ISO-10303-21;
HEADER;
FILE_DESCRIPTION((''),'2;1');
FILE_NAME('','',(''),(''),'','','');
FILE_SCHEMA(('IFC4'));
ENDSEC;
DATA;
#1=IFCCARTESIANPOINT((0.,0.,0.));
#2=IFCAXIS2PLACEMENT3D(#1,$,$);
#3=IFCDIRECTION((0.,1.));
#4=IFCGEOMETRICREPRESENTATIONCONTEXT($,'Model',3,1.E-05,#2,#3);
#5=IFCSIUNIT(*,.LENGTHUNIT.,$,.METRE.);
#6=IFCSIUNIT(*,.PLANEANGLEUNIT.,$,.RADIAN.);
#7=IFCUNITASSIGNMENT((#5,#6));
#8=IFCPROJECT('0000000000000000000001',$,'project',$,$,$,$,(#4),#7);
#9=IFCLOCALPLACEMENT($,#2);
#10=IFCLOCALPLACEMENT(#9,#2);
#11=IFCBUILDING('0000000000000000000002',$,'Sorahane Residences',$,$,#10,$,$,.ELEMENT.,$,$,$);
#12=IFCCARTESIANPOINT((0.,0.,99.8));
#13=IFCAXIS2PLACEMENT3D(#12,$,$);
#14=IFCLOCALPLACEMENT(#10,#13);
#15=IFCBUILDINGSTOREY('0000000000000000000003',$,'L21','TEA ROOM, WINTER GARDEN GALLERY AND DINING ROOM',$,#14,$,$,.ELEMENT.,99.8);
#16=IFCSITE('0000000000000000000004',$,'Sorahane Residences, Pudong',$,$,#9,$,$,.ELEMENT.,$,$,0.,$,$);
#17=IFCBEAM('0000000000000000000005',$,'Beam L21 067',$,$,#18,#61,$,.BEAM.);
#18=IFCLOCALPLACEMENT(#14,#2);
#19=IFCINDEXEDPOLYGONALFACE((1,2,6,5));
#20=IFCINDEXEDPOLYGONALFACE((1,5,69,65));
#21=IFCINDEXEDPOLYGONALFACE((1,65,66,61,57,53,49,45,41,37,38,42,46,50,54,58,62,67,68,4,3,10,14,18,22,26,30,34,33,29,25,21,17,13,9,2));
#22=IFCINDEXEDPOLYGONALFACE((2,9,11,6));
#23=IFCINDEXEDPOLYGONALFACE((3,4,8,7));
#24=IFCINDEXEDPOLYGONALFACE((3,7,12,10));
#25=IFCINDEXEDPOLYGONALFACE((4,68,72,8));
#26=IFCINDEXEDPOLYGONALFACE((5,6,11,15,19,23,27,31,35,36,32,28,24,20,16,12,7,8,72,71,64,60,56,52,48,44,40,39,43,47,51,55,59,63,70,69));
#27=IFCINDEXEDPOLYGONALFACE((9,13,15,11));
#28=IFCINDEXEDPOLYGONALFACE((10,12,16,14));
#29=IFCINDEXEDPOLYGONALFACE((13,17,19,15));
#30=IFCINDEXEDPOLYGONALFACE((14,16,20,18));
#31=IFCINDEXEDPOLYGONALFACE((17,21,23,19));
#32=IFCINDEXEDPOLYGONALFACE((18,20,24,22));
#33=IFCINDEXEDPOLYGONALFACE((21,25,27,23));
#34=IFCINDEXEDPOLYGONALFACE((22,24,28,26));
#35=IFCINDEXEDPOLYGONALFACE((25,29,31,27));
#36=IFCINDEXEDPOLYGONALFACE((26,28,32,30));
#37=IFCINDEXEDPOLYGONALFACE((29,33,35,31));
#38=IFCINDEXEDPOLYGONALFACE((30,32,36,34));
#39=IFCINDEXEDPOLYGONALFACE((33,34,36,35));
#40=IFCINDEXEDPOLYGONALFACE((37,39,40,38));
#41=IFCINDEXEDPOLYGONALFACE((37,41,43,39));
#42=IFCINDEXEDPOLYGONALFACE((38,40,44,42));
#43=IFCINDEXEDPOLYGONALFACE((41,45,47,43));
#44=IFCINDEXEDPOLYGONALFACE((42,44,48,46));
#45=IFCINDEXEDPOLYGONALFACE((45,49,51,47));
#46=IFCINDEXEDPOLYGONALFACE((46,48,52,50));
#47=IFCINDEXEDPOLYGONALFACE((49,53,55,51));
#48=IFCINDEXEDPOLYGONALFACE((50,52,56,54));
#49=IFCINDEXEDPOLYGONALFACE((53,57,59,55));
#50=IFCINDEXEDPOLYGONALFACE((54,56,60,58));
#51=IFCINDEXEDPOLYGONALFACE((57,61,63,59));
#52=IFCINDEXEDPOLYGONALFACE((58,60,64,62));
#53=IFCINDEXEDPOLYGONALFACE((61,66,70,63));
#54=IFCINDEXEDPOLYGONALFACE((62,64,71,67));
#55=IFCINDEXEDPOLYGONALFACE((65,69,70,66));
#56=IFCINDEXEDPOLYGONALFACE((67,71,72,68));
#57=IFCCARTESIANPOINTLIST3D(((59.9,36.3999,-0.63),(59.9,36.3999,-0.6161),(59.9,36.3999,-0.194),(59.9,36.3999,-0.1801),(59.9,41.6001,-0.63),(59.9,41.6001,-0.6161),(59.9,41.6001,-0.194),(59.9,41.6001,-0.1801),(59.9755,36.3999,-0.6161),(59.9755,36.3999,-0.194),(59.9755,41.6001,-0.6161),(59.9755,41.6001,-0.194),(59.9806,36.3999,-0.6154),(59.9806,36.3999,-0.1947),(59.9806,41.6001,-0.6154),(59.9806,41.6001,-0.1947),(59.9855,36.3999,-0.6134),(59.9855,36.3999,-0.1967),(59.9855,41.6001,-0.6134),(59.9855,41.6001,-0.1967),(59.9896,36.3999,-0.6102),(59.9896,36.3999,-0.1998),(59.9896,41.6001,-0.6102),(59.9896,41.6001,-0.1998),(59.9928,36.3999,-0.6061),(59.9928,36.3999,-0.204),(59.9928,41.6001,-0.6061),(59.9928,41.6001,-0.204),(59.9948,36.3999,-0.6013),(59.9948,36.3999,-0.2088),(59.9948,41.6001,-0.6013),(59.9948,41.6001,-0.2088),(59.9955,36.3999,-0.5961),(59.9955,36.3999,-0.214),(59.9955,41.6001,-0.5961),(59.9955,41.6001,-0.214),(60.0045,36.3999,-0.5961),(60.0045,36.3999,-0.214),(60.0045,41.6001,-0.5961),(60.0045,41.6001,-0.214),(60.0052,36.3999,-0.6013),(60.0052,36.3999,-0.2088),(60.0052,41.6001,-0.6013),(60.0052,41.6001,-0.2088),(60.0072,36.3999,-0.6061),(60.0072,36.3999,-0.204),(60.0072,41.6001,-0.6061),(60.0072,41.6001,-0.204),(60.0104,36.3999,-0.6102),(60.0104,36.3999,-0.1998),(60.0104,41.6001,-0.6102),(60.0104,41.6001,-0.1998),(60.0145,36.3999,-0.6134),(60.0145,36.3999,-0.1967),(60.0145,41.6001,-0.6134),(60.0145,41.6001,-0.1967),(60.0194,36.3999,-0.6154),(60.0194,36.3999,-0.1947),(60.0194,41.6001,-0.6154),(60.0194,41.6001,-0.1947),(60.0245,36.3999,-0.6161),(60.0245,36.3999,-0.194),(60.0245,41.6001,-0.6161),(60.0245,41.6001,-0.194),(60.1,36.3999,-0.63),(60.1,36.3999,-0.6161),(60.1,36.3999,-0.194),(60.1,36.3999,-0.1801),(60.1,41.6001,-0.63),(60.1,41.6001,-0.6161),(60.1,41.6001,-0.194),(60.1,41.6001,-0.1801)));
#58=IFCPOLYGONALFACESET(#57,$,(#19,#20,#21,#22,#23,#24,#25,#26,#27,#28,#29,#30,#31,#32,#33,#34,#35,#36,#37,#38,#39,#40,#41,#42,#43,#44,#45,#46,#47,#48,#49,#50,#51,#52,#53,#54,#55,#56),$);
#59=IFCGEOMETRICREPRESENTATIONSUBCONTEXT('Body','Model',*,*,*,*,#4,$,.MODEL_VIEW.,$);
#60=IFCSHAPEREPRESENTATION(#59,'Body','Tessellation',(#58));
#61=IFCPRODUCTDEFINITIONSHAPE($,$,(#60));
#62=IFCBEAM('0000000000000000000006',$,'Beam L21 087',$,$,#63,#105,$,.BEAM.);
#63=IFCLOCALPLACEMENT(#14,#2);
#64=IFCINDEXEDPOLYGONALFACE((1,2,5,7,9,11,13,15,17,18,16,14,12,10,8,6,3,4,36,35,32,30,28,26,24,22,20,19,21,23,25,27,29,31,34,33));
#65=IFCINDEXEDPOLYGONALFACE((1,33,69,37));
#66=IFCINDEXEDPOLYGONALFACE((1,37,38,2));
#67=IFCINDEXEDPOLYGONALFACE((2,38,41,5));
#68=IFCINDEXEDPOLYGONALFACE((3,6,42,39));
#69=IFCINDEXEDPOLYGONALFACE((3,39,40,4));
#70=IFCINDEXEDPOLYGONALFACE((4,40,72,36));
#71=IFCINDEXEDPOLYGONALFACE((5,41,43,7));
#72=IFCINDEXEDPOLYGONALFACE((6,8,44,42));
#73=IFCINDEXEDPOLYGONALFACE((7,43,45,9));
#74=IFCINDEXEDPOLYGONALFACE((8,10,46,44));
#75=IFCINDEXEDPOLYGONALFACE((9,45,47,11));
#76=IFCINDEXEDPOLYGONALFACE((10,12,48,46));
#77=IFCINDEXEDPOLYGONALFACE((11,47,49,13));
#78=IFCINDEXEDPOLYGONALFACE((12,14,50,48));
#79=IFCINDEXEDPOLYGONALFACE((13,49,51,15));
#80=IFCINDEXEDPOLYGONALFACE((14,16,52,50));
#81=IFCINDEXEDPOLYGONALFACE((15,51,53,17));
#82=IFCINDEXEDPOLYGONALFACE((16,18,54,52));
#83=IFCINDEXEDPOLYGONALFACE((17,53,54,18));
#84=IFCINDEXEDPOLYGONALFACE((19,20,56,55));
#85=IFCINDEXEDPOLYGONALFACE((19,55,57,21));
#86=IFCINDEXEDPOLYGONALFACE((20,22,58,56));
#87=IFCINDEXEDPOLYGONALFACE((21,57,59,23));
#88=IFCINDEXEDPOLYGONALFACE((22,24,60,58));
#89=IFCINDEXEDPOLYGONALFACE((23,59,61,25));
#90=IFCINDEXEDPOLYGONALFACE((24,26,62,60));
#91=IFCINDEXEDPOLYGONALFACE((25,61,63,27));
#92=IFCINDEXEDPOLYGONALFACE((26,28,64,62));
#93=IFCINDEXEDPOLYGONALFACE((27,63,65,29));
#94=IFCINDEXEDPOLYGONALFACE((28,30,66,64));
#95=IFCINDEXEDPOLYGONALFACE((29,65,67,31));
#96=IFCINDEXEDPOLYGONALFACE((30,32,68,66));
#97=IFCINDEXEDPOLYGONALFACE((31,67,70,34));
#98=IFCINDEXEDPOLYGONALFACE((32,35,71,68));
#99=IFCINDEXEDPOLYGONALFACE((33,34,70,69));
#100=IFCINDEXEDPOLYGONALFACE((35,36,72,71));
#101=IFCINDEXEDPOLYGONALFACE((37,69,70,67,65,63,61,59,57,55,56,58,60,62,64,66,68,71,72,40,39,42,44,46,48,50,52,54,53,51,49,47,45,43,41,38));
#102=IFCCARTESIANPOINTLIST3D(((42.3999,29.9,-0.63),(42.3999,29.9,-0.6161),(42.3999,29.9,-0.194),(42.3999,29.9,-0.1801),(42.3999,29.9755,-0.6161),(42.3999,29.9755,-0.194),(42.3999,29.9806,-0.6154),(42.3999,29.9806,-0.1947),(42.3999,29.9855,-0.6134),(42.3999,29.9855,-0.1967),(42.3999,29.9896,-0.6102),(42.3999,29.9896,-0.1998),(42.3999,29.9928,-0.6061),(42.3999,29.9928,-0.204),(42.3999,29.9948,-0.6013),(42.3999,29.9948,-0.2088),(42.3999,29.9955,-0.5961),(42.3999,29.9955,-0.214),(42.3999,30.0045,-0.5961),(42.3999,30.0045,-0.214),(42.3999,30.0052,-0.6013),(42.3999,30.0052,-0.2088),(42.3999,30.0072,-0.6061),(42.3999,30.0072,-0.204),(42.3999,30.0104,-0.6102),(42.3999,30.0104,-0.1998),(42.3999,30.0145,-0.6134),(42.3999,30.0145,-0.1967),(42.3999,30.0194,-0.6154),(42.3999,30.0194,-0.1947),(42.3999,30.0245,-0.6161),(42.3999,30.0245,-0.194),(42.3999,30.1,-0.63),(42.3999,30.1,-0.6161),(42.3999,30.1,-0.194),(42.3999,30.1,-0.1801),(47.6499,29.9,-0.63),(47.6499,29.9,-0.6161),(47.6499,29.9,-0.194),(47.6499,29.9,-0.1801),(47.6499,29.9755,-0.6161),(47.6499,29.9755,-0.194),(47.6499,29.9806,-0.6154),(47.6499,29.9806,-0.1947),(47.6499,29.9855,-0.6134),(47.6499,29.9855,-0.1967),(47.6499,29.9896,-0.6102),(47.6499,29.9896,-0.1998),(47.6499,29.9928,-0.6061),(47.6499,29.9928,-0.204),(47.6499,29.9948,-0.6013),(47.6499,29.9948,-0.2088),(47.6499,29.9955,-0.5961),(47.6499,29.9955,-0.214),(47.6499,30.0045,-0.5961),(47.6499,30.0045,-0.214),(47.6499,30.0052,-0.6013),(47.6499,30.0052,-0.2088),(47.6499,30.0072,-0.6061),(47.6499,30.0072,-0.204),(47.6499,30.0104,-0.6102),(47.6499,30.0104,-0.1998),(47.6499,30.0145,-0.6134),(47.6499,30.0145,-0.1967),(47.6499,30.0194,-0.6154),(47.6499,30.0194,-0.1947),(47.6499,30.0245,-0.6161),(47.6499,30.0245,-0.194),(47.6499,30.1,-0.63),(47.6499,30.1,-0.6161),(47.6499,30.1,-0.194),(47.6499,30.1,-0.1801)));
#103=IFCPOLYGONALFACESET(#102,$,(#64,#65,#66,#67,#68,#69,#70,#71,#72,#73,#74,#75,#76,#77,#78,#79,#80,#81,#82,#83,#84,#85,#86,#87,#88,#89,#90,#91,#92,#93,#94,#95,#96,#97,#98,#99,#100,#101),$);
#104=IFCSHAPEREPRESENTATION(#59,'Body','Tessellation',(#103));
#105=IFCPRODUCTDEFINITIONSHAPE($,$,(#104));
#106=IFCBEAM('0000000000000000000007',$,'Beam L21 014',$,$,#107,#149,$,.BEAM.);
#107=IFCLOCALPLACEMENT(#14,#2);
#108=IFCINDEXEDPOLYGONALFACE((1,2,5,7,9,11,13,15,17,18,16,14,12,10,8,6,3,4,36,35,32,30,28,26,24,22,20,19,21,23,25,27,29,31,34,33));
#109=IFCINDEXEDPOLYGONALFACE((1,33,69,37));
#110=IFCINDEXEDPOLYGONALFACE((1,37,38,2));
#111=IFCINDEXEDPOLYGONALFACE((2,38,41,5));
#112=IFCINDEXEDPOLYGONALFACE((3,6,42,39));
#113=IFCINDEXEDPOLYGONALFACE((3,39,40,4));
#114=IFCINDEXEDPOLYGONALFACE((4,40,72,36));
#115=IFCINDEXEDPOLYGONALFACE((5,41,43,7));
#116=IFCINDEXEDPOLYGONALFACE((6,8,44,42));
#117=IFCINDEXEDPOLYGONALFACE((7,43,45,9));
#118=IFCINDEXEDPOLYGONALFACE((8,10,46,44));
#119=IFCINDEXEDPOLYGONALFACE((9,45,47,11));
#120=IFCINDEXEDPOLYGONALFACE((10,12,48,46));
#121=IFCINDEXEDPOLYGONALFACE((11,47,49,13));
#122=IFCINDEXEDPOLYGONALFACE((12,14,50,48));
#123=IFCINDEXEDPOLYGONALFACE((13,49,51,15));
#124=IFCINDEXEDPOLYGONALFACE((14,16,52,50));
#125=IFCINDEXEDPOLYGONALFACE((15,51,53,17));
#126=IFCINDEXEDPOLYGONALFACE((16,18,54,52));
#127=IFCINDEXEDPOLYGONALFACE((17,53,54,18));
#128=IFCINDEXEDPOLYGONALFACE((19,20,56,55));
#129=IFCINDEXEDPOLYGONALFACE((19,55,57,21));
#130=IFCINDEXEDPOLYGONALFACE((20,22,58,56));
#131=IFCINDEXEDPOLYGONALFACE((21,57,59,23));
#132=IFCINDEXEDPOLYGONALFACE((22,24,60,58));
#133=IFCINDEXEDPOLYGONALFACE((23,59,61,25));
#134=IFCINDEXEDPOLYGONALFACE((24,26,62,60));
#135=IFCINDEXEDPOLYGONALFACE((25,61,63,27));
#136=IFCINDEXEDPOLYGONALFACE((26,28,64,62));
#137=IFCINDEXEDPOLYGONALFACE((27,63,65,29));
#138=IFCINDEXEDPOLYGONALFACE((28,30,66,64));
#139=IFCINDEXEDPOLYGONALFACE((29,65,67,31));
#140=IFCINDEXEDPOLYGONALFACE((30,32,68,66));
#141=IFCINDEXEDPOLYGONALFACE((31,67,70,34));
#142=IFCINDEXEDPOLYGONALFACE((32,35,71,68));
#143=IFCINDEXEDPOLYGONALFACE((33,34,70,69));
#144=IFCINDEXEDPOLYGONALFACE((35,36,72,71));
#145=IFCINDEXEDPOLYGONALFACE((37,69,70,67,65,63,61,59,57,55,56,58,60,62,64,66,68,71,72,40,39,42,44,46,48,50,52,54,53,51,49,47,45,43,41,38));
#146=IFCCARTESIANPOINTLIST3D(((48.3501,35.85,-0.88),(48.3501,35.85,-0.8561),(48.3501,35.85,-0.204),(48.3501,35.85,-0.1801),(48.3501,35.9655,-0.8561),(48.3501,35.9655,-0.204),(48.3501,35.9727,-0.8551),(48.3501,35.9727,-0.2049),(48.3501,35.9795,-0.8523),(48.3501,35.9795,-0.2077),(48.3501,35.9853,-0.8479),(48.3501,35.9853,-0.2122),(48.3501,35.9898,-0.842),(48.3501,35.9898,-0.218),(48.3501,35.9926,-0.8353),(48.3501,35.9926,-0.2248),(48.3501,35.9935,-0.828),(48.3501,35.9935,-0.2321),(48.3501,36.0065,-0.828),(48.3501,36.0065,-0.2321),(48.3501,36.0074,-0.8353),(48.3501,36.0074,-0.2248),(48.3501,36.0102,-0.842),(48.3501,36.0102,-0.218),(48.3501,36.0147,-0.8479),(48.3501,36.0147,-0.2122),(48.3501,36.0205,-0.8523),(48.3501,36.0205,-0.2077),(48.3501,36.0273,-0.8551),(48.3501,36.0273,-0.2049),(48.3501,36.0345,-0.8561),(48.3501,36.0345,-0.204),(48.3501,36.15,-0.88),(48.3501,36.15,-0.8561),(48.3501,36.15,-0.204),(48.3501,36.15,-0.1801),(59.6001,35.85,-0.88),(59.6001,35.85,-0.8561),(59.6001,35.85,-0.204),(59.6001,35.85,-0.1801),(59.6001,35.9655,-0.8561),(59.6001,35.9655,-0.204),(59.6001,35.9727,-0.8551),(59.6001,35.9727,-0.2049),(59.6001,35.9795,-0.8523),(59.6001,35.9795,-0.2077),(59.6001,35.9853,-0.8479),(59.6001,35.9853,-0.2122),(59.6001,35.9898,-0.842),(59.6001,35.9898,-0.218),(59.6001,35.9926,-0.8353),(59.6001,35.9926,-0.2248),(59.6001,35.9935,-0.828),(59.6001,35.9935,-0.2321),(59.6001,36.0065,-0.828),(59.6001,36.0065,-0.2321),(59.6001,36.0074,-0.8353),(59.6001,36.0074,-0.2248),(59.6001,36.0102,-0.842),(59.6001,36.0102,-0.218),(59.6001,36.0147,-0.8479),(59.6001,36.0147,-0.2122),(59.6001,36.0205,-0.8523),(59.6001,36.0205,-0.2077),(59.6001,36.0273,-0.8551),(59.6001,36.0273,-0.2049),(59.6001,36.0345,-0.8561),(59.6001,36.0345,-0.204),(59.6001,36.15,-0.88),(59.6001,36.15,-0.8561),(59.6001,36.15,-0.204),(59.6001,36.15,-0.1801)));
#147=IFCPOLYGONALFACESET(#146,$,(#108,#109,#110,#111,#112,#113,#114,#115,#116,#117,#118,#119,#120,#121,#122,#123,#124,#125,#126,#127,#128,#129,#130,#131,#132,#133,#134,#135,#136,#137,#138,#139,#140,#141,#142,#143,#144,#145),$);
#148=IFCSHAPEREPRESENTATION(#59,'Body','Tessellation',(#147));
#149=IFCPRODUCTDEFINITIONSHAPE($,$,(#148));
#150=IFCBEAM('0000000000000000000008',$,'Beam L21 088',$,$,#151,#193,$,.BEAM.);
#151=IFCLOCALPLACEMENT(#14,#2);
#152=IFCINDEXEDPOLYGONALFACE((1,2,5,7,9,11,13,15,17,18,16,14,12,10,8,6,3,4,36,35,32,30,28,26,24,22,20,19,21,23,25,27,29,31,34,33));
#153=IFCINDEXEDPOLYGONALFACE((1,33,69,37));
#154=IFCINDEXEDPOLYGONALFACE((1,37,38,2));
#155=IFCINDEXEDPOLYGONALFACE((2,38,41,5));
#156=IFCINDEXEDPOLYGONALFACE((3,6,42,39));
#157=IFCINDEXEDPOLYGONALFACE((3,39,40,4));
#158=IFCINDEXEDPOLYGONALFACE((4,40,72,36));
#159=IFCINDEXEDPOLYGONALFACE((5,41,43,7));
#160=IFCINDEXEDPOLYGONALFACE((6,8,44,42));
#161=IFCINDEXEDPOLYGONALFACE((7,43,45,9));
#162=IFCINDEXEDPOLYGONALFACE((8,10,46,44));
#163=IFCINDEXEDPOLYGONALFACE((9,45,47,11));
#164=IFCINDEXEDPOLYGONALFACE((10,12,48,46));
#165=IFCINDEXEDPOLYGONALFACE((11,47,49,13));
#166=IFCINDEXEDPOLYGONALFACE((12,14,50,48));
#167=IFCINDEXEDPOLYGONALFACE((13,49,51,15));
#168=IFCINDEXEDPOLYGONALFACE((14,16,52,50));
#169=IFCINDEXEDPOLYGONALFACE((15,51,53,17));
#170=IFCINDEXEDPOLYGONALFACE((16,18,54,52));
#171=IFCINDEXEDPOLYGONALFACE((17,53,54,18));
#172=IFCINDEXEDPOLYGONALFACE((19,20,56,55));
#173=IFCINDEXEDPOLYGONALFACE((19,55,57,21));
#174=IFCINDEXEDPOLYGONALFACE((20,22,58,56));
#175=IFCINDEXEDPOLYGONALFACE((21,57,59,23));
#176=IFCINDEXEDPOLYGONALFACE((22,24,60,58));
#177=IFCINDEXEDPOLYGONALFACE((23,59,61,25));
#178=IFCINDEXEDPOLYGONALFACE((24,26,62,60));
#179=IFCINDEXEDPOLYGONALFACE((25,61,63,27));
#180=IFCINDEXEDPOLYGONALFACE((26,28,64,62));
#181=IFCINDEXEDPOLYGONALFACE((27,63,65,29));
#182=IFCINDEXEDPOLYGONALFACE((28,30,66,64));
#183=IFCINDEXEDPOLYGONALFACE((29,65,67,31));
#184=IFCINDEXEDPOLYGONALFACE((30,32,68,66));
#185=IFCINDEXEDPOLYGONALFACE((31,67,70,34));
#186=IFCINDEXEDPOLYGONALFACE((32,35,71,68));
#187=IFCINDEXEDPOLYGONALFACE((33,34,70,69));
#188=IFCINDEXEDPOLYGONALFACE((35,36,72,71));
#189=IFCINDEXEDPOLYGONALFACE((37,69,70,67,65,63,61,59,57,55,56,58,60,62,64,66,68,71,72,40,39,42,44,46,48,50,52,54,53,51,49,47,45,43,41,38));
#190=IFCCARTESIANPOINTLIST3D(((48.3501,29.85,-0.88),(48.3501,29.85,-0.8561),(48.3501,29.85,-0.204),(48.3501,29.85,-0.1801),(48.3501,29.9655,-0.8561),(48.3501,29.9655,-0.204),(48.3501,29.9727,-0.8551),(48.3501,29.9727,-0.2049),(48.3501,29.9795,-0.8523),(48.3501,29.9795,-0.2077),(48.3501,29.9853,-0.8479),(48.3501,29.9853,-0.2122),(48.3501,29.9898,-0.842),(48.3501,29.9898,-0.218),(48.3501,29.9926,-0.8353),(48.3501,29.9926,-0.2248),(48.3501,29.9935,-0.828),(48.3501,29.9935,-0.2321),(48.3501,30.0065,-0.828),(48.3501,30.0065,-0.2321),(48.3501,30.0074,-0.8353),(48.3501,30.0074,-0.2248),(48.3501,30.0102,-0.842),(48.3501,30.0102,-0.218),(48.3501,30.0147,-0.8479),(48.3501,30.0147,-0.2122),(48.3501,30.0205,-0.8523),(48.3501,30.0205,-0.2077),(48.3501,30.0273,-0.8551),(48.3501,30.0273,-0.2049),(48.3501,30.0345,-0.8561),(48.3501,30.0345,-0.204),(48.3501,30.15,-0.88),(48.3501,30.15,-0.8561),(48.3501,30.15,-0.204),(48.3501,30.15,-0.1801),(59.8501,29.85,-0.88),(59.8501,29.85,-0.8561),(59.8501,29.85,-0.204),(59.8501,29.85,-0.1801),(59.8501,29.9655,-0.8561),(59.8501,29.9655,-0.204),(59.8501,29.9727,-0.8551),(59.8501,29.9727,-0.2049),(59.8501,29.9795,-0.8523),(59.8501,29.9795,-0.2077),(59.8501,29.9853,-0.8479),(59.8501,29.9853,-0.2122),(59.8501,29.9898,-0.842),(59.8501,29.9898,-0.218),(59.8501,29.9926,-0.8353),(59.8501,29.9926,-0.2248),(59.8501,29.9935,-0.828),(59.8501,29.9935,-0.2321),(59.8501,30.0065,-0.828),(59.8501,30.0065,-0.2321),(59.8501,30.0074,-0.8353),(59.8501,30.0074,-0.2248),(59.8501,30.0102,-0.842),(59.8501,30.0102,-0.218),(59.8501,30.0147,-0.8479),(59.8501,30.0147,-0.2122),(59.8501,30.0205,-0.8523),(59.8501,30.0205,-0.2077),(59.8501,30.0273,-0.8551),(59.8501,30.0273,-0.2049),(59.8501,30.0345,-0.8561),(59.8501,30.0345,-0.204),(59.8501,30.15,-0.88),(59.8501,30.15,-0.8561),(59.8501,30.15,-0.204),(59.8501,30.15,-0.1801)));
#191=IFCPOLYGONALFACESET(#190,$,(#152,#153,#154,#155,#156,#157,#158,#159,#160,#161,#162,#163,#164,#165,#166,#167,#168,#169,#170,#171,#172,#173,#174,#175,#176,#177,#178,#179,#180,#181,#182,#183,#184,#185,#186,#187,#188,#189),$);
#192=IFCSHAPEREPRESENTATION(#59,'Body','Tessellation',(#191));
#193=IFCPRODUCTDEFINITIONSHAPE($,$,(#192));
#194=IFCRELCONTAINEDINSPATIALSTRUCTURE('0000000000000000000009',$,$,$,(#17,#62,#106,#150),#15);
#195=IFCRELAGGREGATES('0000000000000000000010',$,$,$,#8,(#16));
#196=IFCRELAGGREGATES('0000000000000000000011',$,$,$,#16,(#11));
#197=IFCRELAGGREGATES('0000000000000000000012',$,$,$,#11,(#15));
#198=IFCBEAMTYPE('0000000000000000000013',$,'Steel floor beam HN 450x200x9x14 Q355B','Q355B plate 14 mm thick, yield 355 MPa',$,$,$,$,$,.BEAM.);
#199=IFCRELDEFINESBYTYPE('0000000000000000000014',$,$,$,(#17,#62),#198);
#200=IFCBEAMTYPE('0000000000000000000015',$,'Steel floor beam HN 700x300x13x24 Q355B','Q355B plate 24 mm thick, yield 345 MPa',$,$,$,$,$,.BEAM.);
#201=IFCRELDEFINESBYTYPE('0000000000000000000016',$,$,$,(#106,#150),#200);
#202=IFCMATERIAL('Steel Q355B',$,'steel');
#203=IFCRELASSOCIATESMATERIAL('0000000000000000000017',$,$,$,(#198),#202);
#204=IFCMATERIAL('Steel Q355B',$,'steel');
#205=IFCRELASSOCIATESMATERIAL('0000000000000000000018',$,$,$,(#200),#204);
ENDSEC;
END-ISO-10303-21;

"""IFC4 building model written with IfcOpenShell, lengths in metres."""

from ifc_helpers import new_model, si_unit, direction, frame, origin, origin_2d, place, context, subcontext, project, spatial, i_section, extrude, material, material_profile, profile_set, type_object, element, save


model = new_model("IFC4")

# Units and contexts
model_context = context("Model", 3, precision=1e-05, world=origin(), true_north=direction((0.0, 1.0)))
body_context = subcontext(model_context, "Body", "Model", "MODEL_VIEW")
ifc_project = project(units=[si_unit("LENGTHUNIT", "METRE"), si_unit("PLANEANGLEUNIT", "RADIAN")], contexts=[model_context])

# Site, building, storey
site_placement = place(None, origin())
site = spatial("IfcSite", under=ifc_project, at=site_placement, Name="Sorahane Residences, Pudong", CompositionType="ELEMENT", RefElevation=0.0)
building_placement = place(site_placement, origin())
building = spatial("IfcBuilding", under=site, at=building_placement, Name="Sorahane Residences", CompositionType="ELEMENT")
storey_placement = place(building_placement, frame((0.0, 0.0, 99.8)))
storey = spatial("IfcBuildingStorey", under=building, at=storey_placement, Name="L21", Description="TEA ROOM, WINTER GARDEN GALLERY AND DINING ROOM", CompositionType="ELEMENT", Elevation=99.8)

# Beams
ifc_material_1 = material(Name="Steel Q355B", Category="steel")
ifc_material_profile_1 = material_profile(ifc_material_1, i_section(OverallWidth=0.2, OverallDepth=0.45, WebThickness=0.009, FlangeThickness=0.0139, FilletRadius=0.02, at=origin_2d()), Name="HN 450x200x9x14")
ifc_profile_set_1 = profile_set([ifc_material_profile_1], Name="Steel Q355B")
beam_type_1 = type_object("IfcBeamType", Name="Steel floor beam HN 450x200x9x14 Q355B", Description="Q355B plate 14 mm thick, yield 355 MPa", PredefinedType="BEAM", material=ifc_profile_set_1)
beam_1_placement = place(storey_placement, frame((60.0, 36.3999, -0.405), z_axis=(0.0, 1.0, 0.0), x_axis=(-1.0, 0.0, 0.0)))
element("IfcBeam", 1, at=beam_1_placement, inside=storey, type_object=beam_type_1, Name="Beam L21 067", PredefinedType="BEAM", context=body_context, shape_type="SweptSolid", body=[
    extrude(i_section(OverallWidth=0.2, OverallDepth=0.45, WebThickness=0.009, FlangeThickness=0.0139, FilletRadius=0.02, at=origin_2d()), origin(), (0.0, 0.0, 1.0), 5.2002),
])
beam_2_placement = place(storey_placement, frame((42.3999, 30.0, -0.405), z_axis=(1.0, 0.0, 0.0), x_axis=(0.0, 1.0, 0.0)))
element("IfcBeam", 2, at=beam_2_placement, inside=storey, type_object=beam_type_1, Name="Beam L21 087", PredefinedType="BEAM", context=body_context, shape_type="SweptSolid", body=[
    extrude(i_section(OverallWidth=0.2, OverallDepth=0.45, WebThickness=0.009, FlangeThickness=0.0139, FilletRadius=0.02, at=origin_2d()), origin(), (0.0, 0.0, 1.0), 5.25),
])
ifc_material_2 = material(Name="Steel Q355B", Category="steel")
ifc_material_profile_2 = material_profile(ifc_material_2, i_section(OverallWidth=0.3, OverallDepth=0.7, WebThickness=0.0129, FlangeThickness=0.0239, FilletRadius=0.0281, at=origin_2d()), Name="HN 700x300x13x24")
ifc_profile_set_2 = profile_set([ifc_material_profile_2], Name="Steel Q355B")
beam_type_2 = type_object("IfcBeamType", Name="Steel floor beam HN 700x300x13x24 Q355B", Description="Q355B plate 24 mm thick, yield 345 MPa", PredefinedType="BEAM", material=ifc_profile_set_2)
beam_3_placement = place(storey_placement, frame((48.3501, 36.0, -0.53), z_axis=(1.0, 0.0, 0.0), x_axis=(0.0, 1.0, 0.0)))
element("IfcBeam", 3, at=beam_3_placement, inside=storey, type_object=beam_type_2, Name="Beam L21 014", PredefinedType="BEAM", context=body_context, shape_type="SweptSolid", body=[
    extrude(i_section(OverallWidth=0.3, OverallDepth=0.7, WebThickness=0.0129, FlangeThickness=0.0239, FilletRadius=0.0281, at=origin_2d()), origin(), (0.0, 0.0, 1.0), 11.25),
])
beam_4_placement = place(storey_placement, frame((48.3501, 30.0, -0.53), z_axis=(1.0, 0.0, 0.0), x_axis=(0.0, 1.0, 0.0)))
element("IfcBeam", 4, at=beam_4_placement, inside=storey, type_object=beam_type_2, Name="Beam L21 088", PredefinedType="BEAM", context=body_context, shape_type="SweptSolid", body=[
    extrude(i_section(OverallWidth=0.3, OverallDepth=0.7, WebThickness=0.0129, FlangeThickness=0.0239, FilletRadius=0.0281, at=origin_2d()), origin(), (0.0, 0.0, 1.0), 11.5),
])

save(model, "model.ifc")
